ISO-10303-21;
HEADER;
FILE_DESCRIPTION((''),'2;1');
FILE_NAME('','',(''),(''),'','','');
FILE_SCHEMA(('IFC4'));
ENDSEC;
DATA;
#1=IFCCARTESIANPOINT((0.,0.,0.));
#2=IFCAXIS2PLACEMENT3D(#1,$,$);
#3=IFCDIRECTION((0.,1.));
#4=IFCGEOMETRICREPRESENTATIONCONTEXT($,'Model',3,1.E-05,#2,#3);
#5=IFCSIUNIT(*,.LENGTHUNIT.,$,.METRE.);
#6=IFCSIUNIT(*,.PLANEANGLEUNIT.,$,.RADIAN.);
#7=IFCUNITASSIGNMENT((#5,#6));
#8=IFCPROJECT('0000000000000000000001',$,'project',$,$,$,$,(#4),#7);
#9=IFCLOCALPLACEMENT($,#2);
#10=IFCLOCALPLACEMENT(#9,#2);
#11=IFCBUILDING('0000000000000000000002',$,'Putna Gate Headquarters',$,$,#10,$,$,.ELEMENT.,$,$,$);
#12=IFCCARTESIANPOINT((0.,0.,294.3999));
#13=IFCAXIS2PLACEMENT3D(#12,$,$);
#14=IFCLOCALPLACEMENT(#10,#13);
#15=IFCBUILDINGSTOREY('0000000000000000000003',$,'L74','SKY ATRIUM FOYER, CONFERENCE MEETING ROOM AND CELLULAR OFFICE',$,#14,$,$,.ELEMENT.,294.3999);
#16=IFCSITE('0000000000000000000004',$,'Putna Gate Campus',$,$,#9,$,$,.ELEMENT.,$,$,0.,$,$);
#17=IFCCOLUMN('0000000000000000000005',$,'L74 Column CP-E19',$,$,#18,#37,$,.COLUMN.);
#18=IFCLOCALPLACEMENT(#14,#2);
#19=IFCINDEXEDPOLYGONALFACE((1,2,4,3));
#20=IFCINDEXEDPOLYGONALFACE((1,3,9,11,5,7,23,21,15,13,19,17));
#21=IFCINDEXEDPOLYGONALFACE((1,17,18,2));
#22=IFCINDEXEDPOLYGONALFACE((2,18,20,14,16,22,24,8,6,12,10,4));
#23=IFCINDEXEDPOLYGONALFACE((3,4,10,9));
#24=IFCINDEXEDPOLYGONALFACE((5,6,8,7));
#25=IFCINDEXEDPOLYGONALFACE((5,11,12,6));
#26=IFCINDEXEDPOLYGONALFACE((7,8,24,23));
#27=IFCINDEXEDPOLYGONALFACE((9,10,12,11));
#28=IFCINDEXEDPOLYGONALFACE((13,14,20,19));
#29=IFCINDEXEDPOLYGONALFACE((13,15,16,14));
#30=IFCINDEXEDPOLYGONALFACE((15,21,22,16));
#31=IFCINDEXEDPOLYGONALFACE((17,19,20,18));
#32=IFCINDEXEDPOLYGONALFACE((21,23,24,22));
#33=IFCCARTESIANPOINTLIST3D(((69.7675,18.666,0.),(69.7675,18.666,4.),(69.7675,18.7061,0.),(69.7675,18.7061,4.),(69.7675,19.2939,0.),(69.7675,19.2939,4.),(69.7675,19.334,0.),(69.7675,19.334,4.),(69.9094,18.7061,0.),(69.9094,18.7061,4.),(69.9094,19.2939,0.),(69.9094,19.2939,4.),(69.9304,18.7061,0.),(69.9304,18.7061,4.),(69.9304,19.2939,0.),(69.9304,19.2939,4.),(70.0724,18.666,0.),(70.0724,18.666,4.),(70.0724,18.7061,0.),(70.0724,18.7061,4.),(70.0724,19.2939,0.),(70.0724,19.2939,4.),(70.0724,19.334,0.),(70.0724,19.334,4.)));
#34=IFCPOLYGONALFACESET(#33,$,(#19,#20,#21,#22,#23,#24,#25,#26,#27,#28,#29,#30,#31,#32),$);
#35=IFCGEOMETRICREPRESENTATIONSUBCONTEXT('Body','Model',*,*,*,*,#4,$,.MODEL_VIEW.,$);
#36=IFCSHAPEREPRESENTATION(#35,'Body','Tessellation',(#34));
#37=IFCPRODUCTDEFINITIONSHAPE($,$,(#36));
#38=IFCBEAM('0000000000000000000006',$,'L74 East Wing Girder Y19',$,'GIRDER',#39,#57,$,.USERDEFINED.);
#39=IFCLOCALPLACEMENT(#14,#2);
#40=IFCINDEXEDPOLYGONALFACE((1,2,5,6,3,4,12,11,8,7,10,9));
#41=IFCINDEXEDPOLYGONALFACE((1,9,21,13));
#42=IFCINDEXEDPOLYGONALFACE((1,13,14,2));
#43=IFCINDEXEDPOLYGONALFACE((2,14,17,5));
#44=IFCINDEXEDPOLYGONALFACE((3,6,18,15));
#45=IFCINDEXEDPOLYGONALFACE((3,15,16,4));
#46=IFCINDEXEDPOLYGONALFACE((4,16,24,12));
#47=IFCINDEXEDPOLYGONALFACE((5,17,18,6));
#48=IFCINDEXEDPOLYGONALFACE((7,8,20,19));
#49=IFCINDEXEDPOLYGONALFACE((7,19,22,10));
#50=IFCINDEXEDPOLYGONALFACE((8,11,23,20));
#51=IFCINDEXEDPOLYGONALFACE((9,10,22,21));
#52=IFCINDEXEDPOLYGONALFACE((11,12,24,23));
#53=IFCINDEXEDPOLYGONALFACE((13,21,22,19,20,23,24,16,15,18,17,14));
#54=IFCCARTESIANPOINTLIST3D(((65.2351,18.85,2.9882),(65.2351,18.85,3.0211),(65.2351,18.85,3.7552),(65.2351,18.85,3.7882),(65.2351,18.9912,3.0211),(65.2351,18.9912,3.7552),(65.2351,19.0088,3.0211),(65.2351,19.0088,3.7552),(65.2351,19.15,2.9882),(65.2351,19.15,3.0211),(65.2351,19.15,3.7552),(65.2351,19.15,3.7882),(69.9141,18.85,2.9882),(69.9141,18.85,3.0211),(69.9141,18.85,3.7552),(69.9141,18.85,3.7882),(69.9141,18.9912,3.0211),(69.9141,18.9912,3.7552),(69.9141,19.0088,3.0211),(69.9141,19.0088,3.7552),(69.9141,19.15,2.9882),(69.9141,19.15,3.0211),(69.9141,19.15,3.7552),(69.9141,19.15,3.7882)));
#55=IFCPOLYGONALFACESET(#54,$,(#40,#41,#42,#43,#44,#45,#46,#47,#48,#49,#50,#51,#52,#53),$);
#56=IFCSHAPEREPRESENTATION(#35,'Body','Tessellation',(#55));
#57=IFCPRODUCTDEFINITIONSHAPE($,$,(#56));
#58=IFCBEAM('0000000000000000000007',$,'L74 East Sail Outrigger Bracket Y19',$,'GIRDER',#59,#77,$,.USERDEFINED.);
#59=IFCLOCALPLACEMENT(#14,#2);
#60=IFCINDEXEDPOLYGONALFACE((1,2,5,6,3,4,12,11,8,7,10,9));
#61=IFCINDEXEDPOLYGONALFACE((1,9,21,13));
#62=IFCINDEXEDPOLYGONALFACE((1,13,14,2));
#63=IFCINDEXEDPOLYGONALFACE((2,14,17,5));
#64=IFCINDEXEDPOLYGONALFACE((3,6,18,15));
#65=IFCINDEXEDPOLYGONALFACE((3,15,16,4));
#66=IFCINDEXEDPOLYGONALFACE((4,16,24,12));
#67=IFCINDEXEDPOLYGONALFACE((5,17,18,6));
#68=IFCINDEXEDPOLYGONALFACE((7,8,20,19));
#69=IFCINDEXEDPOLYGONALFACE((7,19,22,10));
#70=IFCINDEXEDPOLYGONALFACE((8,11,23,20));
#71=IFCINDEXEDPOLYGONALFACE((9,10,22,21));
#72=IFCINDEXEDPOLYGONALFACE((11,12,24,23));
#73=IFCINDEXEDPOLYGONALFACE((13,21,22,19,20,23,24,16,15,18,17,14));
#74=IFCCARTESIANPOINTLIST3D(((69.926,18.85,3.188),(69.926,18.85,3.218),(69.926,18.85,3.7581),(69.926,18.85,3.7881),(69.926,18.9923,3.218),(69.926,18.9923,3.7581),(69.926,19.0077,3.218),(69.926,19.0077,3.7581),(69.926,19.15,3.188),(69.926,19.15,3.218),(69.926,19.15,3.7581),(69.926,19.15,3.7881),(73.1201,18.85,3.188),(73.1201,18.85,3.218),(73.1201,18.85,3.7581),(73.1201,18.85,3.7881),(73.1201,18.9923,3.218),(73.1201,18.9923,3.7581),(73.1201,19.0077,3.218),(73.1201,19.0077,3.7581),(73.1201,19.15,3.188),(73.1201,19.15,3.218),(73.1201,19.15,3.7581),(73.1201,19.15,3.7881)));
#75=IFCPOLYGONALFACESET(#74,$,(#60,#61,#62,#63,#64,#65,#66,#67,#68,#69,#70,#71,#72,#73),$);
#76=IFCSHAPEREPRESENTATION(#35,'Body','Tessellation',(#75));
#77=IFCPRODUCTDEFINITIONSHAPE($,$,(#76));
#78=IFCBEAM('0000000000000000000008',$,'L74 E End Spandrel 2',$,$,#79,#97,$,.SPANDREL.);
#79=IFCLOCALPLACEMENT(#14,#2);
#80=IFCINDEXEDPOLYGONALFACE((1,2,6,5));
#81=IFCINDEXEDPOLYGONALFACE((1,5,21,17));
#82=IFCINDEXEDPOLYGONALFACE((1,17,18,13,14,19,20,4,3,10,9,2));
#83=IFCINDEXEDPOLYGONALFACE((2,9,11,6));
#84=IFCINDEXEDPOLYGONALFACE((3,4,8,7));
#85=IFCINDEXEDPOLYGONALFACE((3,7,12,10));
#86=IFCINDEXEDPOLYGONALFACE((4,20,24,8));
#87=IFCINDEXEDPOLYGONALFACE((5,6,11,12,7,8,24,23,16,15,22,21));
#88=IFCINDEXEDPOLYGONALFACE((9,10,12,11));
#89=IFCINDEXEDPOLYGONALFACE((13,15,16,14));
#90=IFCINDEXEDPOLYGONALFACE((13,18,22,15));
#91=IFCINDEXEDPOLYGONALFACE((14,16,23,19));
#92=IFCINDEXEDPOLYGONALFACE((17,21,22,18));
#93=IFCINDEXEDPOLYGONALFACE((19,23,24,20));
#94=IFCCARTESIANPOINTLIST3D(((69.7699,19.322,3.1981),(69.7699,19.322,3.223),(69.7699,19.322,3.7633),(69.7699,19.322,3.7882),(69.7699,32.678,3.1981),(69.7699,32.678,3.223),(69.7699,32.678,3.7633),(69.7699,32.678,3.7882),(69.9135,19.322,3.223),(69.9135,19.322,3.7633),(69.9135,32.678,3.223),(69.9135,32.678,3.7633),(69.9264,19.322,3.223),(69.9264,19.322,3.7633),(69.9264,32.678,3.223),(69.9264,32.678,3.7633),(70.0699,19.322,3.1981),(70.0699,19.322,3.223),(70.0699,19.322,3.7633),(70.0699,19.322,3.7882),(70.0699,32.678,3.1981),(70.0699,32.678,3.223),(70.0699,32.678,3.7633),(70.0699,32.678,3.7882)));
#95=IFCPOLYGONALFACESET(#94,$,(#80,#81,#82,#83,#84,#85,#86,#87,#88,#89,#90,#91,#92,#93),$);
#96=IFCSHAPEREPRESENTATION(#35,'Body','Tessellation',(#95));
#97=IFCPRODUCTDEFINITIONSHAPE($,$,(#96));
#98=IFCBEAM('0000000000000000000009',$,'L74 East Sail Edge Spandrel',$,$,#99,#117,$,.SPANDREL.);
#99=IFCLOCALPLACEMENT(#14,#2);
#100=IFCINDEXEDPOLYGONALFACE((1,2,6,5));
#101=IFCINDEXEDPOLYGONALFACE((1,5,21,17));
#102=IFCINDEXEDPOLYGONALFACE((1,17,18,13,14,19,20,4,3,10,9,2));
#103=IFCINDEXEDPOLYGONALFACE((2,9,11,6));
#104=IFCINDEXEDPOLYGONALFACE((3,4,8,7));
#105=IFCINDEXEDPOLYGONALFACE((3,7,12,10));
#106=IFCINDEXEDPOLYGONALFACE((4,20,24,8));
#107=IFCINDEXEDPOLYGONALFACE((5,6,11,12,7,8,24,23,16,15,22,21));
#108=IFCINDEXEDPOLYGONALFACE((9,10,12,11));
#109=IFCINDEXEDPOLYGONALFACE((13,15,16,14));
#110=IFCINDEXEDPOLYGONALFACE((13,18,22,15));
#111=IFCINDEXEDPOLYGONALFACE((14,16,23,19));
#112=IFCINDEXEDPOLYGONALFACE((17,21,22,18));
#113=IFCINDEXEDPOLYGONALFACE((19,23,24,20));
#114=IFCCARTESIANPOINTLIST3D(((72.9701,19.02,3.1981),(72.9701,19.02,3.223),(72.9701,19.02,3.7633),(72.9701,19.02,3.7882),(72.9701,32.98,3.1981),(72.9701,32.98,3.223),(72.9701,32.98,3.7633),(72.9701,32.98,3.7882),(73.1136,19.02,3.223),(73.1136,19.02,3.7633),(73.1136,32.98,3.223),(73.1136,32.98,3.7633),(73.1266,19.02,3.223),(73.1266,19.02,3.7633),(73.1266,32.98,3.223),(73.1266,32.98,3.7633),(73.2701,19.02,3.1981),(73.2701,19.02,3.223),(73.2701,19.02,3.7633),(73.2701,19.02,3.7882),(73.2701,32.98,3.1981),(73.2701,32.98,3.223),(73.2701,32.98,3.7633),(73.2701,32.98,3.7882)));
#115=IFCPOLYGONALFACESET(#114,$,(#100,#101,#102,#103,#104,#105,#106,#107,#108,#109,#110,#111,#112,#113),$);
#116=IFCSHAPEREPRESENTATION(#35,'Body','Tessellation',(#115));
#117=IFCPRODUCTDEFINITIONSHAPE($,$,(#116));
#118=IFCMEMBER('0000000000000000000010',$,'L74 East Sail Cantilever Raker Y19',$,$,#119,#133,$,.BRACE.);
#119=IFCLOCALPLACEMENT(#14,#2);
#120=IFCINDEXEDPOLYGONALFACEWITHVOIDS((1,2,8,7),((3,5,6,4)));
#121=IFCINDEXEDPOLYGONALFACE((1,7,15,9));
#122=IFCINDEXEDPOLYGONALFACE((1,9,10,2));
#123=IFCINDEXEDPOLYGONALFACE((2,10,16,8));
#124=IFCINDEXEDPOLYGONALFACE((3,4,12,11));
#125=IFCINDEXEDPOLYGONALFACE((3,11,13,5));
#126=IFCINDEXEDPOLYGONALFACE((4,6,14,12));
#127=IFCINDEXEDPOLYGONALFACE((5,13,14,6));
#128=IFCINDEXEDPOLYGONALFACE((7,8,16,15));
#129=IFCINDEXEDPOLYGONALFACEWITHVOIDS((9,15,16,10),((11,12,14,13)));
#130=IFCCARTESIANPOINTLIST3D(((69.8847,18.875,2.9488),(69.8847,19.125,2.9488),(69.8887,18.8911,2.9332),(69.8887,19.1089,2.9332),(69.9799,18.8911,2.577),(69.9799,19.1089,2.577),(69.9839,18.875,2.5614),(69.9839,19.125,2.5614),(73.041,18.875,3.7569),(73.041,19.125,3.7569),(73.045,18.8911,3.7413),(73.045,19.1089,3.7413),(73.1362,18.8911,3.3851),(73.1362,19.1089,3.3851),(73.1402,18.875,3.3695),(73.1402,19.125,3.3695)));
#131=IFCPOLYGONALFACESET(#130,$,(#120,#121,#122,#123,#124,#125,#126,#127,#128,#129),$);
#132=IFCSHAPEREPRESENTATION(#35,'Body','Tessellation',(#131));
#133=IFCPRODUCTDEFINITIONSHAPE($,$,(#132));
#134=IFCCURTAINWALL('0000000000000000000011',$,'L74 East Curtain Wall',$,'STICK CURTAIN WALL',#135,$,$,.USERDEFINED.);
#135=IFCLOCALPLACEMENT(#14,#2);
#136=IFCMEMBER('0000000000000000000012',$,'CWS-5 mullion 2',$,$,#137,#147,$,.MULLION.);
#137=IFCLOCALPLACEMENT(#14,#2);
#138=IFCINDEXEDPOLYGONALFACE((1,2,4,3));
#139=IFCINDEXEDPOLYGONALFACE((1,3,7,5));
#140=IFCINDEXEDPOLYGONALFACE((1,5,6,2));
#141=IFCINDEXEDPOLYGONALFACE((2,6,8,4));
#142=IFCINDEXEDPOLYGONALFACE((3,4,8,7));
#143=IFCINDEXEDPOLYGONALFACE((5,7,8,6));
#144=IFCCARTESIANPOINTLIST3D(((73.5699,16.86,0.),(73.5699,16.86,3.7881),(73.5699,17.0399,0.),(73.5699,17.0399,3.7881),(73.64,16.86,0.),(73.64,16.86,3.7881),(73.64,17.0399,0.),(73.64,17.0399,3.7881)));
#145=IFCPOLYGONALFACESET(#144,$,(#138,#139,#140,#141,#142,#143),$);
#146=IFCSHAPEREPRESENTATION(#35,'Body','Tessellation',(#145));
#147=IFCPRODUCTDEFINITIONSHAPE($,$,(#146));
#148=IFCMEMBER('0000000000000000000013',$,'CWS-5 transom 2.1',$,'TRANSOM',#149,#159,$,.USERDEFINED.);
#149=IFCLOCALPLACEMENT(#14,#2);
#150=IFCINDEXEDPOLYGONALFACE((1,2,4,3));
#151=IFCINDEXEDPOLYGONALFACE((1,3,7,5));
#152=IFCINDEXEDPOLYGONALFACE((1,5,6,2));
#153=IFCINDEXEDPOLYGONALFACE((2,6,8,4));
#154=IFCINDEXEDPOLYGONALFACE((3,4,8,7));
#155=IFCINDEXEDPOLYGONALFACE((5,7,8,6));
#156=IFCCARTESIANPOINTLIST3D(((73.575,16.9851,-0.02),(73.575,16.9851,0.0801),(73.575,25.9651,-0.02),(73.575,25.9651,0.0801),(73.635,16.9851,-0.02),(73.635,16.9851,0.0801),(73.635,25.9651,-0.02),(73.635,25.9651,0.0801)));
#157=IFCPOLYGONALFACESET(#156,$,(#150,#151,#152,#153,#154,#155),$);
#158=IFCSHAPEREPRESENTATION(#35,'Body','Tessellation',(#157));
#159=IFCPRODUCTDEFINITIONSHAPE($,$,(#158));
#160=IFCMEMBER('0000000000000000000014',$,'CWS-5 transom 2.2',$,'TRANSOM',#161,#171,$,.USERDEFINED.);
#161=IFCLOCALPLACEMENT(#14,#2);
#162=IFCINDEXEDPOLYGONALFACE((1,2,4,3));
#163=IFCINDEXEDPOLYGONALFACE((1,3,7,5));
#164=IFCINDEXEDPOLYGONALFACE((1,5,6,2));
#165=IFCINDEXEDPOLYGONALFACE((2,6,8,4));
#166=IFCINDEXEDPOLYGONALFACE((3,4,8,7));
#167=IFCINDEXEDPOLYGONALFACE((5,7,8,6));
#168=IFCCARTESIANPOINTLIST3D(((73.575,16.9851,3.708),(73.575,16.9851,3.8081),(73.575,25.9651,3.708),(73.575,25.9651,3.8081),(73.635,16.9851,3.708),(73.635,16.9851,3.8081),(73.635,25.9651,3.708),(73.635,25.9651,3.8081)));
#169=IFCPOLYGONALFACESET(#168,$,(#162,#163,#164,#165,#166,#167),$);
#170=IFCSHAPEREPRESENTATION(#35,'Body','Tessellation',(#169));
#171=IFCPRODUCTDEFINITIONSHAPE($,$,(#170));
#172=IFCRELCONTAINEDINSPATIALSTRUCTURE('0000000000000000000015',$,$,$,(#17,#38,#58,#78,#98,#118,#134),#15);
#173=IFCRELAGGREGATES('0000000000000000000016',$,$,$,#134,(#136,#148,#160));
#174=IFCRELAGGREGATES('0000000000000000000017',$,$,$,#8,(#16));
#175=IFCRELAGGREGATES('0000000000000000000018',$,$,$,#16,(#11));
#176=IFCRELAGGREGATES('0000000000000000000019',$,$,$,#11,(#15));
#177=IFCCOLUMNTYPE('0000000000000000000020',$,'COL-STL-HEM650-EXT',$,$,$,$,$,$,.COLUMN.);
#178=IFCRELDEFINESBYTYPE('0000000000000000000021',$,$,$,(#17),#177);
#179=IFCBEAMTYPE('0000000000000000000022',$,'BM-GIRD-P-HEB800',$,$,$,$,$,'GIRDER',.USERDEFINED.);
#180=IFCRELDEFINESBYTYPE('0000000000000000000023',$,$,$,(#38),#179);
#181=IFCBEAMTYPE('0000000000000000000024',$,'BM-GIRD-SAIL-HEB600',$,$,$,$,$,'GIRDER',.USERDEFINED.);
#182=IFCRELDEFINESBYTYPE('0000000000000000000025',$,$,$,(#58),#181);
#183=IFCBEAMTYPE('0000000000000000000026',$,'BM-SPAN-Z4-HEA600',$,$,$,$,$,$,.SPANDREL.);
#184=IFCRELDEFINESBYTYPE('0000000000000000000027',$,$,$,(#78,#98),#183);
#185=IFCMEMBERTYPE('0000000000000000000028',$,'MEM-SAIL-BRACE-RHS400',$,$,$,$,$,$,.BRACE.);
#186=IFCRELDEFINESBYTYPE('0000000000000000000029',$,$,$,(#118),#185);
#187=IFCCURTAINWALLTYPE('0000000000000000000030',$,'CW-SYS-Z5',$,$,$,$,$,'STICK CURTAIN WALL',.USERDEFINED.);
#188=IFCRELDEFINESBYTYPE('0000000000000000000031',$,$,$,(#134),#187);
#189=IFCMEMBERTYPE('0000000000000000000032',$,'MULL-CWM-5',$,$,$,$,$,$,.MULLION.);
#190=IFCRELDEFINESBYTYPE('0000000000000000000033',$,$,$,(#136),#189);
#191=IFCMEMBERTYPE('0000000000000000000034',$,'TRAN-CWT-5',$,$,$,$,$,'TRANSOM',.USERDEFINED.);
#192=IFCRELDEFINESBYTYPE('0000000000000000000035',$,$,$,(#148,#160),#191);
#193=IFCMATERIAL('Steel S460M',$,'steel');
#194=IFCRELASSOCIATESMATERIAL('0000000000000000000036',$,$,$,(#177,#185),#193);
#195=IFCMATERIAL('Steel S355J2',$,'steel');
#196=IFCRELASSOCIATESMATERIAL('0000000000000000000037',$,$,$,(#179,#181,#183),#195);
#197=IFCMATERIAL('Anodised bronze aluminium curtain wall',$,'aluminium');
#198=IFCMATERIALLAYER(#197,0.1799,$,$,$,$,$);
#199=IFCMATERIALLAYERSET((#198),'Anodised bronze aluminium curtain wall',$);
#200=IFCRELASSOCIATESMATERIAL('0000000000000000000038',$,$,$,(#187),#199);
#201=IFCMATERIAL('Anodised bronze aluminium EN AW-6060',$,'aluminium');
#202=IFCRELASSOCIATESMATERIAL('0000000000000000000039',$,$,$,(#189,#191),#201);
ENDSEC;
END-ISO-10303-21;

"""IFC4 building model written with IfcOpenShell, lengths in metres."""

from ifc_helpers import new_model, si_unit, direction, frame, origin, origin_2d, place, context, subcontext, project, spatial, rectangle, hollow_rectangle, i_section, extrude, material, layer, layer_set, material_profile, profile_set, type_object, element, aggregate, save


model = new_model("IFC4")

# Units and contexts
model_context = context("Model", 3, precision=1e-05, world=origin(), true_north=direction((0.0, 1.0)))
body_context = subcontext(model_context, "Body", "Model", "MODEL_VIEW")
ifc_project = project(units=[si_unit("LENGTHUNIT", "METRE"), si_unit("PLANEANGLEUNIT", "RADIAN")], contexts=[model_context])

# Site, building, storey
site_placement = place(None, origin())
site = spatial("IfcSite", under=ifc_project, at=site_placement, Name="Putna Gate Campus", CompositionType="ELEMENT", RefElevation=0.0)
building_placement = place(site_placement, origin())
building = spatial("IfcBuilding", under=site, at=building_placement, Name="Putna Gate Headquarters", CompositionType="ELEMENT")
storey_placement = place(building_placement, frame((0.0, 0.0, 294.3999)))
storey = spatial("IfcBuildingStorey", under=building, at=storey_placement, Name="L74", Description="SKY ATRIUM FOYER, CONFERENCE MEETING ROOM AND CELLULAR OFFICE", CompositionType="ELEMENT", Elevation=294.3999)

# Column
ifc_material_1 = material(Name="Steel S460M", Category="steel")
ifc_material_profile_1 = material_profile(ifc_material_1, i_section(OverallWidth=0.3049, OverallDepth=0.668, WebThickness=0.021, FlangeThickness=0.04, at=origin_2d()), Name="Steel S460M")
ifc_profile_set_1 = profile_set([ifc_material_profile_1], Name="Steel S460M")
column_type = type_object("IfcColumnType", Name="COL-STL-HEM650-EXT", PredefinedType="COLUMN", material=ifc_profile_set_1)
column_placement = place(storey_placement, frame((69.9199, 19.0, 0.0), z_axis=(0.0, 0.0, 1.0), x_axis=(1.0, 0.0, 0.0)))
element("IfcColumn", 1, at=column_placement, inside=storey, type_object=column_type, Name="L74 Column CP-E19", PredefinedType="COLUMN", context=body_context, shape_type="SweptSolid", body=[
    extrude(i_section(OverallWidth=0.3049, OverallDepth=0.668, WebThickness=0.021, FlangeThickness=0.04, at=origin_2d()), origin(), (0.0, 0.0, 1.0), 4.0),
])

# Beams
ifc_material_2 = material(Name="Steel S355J2", Category="steel")
ifc_material_profile_2 = material_profile(ifc_material_2, i_section(OverallWidth=0.3, OverallDepth=0.8, WebThickness=0.0176, FlangeThickness=0.033, at=origin_2d()), Name="Steel S355J2")
ifc_profile_set_2 = profile_set([ifc_material_profile_2], Name="Steel S355J2")
beam_type_1 = type_object("IfcBeamType", Name="BM-GIRD-P-HEB800", ElementType="GIRDER", PredefinedType="USERDEFINED", material=ifc_profile_set_2)
beam_1_placement = place(storey_placement, frame((65.2351, 19.0, 3.3882), z_axis=(1.0, 0.0, 0.0), x_axis=(0.0, 1.0, 0.0)))
element("IfcBeam", 2, at=beam_1_placement, inside=storey, type_object=beam_type_1, Name="L74 East Wing Girder Y19", ObjectType="GIRDER", PredefinedType="USERDEFINED", context=body_context, shape_type="SweptSolid", body=[
    extrude(i_section(OverallWidth=0.3, OverallDepth=0.8, WebThickness=0.0176, FlangeThickness=0.033, at=origin_2d()), origin(), (0.0, 0.0, 1.0), 4.679),
])
ifc_material_profile_3 = material_profile(ifc_material_2, i_section(OverallWidth=0.3, OverallDepth=0.6001, WebThickness=0.0154, FlangeThickness=0.03, at=origin_2d()), Name="Steel S355J2")
ifc_profile_set_3 = profile_set([ifc_material_profile_3], Name="Steel S355J2")
beam_type_2 = type_object("IfcBeamType", Name="BM-GIRD-SAIL-HEB600", ElementType="GIRDER", PredefinedType="USERDEFINED", material=ifc_profile_set_3)
beam_2_placement = place(storey_placement, frame((69.926, 19.0, 3.488), z_axis=(1.0, 0.0, 0.0), x_axis=(0.0, 1.0, 0.0)))
element("IfcBeam", 3, at=beam_2_placement, inside=storey, type_object=beam_type_2, Name="L74 East Sail Outrigger Bracket Y19", ObjectType="GIRDER", PredefinedType="USERDEFINED", context=body_context, shape_type="SweptSolid", body=[
    extrude(i_section(OverallWidth=0.3, OverallDepth=0.6001, WebThickness=0.0154, FlangeThickness=0.03, at=origin_2d()), origin(), (0.0, 0.0, 1.0), 3.1941),
])
ifc_material_profile_4 = material_profile(ifc_material_2, i_section(OverallWidth=0.3, OverallDepth=0.5901, WebThickness=0.0129, FlangeThickness=0.0249, at=origin_2d()), Name="Steel S355J2")
ifc_profile_set_4 = profile_set([ifc_material_profile_4], Name="Steel S355J2")
beam_type_3 = type_object("IfcBeamType", Name="BM-SPAN-Z4-HEA600", PredefinedType="SPANDREL", material=ifc_profile_set_4)
beam_3_placement = place(storey_placement, frame((69.9199, 19.322, 3.4932), z_axis=(0.0, 1.0, 0.0), x_axis=(-1.0, 0.0, 0.0)))
element("IfcBeam", 4, at=beam_3_placement, inside=storey, type_object=beam_type_3, Name="L74 E End Spandrel 2", PredefinedType="SPANDREL", context=body_context, shape_type="SweptSolid", body=[
    extrude(i_section(OverallWidth=0.3, OverallDepth=0.5901, WebThickness=0.0129, FlangeThickness=0.0249, at=origin_2d()), origin(), (0.0, 0.0, 1.0), 13.356),
])
beam_4_placement = place(storey_placement, frame((73.1201, 19.02, 3.4932), z_axis=(0.0, 1.0, 0.0), x_axis=(-1.0, 0.0, 0.0)))
element("IfcBeam", 5, at=beam_4_placement, inside=storey, type_object=beam_type_3, Name="L74 East Sail Edge Spandrel", PredefinedType="SPANDREL", context=body_context, shape_type="SweptSolid", body=[
    extrude(i_section(OverallWidth=0.3, OverallDepth=0.5901, WebThickness=0.0129, FlangeThickness=0.0249, at=origin_2d()), origin(), (0.0, 0.0, 1.0), 13.96),
])

# Member
ifc_material_profile_5 = material_profile(ifc_material_1, hollow_rectangle(XDim=0.25, YDim=0.3999, WallThickness=0.0161, at=origin_2d()), Name="Steel S460M")
ifc_profile_set_5 = profile_set([ifc_material_profile_5], Name="Steel S460M")
member_type_1 = type_object("IfcMemberType", Name="MEM-SAIL-BRACE-RHS400", PredefinedType="BRACE", material=ifc_profile_set_5)
member_1_placement = place(storey_placement, frame((69.9343, 19.0, 2.7551), z_axis=(0.968752, 0.0, 0.248033), x_axis=(0.0, 1.0, 0.0)))
element("IfcMember", 6, at=member_1_placement, inside=storey, type_object=member_type_1, Name="L74 East Sail Cantilever Raker Y19", PredefinedType="BRACE", context=body_context, shape_type="SweptSolid", body=[
    extrude(hollow_rectangle(XDim=0.25, YDim=0.3999, WallThickness=0.0161, at=origin_2d()), origin(), (0.0, 0.0, 1.0), 3.2581),
])

# Curtain wall, members
ifc_material_3 = material(Name="Anodised bronze aluminium curtain wall", Category="aluminium")
ifc_layer_1 = layer(ifc_material_3, 0.1799)
ifc_layer_set_1 = layer_set([ifc_layer_1], Name="Anodised bronze aluminium curtain wall")
curtain_wall_type = type_object("IfcCurtainWallType", Name="CW-SYS-Z5", ElementType="STICK CURTAIN WALL", PredefinedType="USERDEFINED", material=ifc_layer_set_1)
curtain_wall_placement = place(storey_placement, origin())
curtain_wall = element("IfcCurtainWall", 7, at=curtain_wall_placement, inside=storey, type_object=curtain_wall_type, Name="L74 East Curtain Wall", ObjectType="STICK CURTAIN WALL", PredefinedType="USERDEFINED")
ifc_material_4 = material(Name="Anodised bronze aluminium EN AW-6060", Category="aluminium")
ifc_material_profile_6 = material_profile(ifc_material_4, rectangle(XDim=0.0701, YDim=0.1799, at=origin_2d()), Name="Anodised bronze aluminium EN AW-6060")
ifc_profile_set_6 = profile_set([ifc_material_profile_6], Name="Anodised bronze aluminium EN AW-6060")
member_type_2 = type_object("IfcMemberType", Name="MULL-CWM-5", PredefinedType="MULLION", material=ifc_profile_set_6)
member_2_placement = place(storey_placement, frame((73.605, 16.95, 0.0), z_axis=(0.0, 0.0, 1.0), x_axis=(-1.0, 0.0, 0.0)))
member_2 = element("IfcMember", 8, at=member_2_placement, type_object=member_type_2, Name="CWS-5 mullion 2", PredefinedType="MULLION", context=body_context, shape_type="SweptSolid", body=[
    extrude(rectangle(XDim=0.0701, YDim=0.1799, at=origin_2d()), origin(), (0.0, 0.0, 1.0), 3.7881),
])
ifc_material_profile_7 = material_profile(ifc_material_4, rectangle(XDim=0.0601, YDim=0.1001, at=origin_2d()), Name="Anodised bronze aluminium EN AW-6060")
ifc_profile_set_7 = profile_set([ifc_material_profile_7], Name="Anodised bronze aluminium EN AW-6060")
member_type_3 = type_object("IfcMemberType", Name="TRAN-CWT-5", ElementType="TRANSOM", PredefinedType="USERDEFINED", material=ifc_profile_set_7)
member_3_placement = place(storey_placement, frame((73.605, 16.9851, 0.03), z_axis=(0.0, 1.0, 0.0), x_axis=(-1.0, 0.0, 0.0)))
member_3 = element("IfcMember", 9, at=member_3_placement, type_object=member_type_3, Name="CWS-5 transom 2.1", ObjectType="TRANSOM", PredefinedType="USERDEFINED", context=body_context, shape_type="SweptSolid", body=[
    extrude(rectangle(XDim=0.0601, YDim=0.1001, at=origin_2d()), origin(), (0.0, 0.0, 1.0), 8.98),
])
member_4_placement = place(storey_placement, frame((73.605, 16.9851, 3.7581), z_axis=(0.0, 1.0, 0.0), x_axis=(-1.0, 0.0, 0.0)))
member_4 = element("IfcMember", 10, at=member_4_placement, type_object=member_type_3, Name="CWS-5 transom 2.2", ObjectType="TRANSOM", PredefinedType="USERDEFINED", context=body_context, shape_type="SweptSolid", body=[
    extrude(rectangle(XDim=0.0601, YDim=0.1001, at=origin_2d()), origin(), (0.0, 0.0, 1.0), 8.98),
])
aggregate(curtain_wall, [member_2, member_3, member_4])

save(model, "model.ifc")
